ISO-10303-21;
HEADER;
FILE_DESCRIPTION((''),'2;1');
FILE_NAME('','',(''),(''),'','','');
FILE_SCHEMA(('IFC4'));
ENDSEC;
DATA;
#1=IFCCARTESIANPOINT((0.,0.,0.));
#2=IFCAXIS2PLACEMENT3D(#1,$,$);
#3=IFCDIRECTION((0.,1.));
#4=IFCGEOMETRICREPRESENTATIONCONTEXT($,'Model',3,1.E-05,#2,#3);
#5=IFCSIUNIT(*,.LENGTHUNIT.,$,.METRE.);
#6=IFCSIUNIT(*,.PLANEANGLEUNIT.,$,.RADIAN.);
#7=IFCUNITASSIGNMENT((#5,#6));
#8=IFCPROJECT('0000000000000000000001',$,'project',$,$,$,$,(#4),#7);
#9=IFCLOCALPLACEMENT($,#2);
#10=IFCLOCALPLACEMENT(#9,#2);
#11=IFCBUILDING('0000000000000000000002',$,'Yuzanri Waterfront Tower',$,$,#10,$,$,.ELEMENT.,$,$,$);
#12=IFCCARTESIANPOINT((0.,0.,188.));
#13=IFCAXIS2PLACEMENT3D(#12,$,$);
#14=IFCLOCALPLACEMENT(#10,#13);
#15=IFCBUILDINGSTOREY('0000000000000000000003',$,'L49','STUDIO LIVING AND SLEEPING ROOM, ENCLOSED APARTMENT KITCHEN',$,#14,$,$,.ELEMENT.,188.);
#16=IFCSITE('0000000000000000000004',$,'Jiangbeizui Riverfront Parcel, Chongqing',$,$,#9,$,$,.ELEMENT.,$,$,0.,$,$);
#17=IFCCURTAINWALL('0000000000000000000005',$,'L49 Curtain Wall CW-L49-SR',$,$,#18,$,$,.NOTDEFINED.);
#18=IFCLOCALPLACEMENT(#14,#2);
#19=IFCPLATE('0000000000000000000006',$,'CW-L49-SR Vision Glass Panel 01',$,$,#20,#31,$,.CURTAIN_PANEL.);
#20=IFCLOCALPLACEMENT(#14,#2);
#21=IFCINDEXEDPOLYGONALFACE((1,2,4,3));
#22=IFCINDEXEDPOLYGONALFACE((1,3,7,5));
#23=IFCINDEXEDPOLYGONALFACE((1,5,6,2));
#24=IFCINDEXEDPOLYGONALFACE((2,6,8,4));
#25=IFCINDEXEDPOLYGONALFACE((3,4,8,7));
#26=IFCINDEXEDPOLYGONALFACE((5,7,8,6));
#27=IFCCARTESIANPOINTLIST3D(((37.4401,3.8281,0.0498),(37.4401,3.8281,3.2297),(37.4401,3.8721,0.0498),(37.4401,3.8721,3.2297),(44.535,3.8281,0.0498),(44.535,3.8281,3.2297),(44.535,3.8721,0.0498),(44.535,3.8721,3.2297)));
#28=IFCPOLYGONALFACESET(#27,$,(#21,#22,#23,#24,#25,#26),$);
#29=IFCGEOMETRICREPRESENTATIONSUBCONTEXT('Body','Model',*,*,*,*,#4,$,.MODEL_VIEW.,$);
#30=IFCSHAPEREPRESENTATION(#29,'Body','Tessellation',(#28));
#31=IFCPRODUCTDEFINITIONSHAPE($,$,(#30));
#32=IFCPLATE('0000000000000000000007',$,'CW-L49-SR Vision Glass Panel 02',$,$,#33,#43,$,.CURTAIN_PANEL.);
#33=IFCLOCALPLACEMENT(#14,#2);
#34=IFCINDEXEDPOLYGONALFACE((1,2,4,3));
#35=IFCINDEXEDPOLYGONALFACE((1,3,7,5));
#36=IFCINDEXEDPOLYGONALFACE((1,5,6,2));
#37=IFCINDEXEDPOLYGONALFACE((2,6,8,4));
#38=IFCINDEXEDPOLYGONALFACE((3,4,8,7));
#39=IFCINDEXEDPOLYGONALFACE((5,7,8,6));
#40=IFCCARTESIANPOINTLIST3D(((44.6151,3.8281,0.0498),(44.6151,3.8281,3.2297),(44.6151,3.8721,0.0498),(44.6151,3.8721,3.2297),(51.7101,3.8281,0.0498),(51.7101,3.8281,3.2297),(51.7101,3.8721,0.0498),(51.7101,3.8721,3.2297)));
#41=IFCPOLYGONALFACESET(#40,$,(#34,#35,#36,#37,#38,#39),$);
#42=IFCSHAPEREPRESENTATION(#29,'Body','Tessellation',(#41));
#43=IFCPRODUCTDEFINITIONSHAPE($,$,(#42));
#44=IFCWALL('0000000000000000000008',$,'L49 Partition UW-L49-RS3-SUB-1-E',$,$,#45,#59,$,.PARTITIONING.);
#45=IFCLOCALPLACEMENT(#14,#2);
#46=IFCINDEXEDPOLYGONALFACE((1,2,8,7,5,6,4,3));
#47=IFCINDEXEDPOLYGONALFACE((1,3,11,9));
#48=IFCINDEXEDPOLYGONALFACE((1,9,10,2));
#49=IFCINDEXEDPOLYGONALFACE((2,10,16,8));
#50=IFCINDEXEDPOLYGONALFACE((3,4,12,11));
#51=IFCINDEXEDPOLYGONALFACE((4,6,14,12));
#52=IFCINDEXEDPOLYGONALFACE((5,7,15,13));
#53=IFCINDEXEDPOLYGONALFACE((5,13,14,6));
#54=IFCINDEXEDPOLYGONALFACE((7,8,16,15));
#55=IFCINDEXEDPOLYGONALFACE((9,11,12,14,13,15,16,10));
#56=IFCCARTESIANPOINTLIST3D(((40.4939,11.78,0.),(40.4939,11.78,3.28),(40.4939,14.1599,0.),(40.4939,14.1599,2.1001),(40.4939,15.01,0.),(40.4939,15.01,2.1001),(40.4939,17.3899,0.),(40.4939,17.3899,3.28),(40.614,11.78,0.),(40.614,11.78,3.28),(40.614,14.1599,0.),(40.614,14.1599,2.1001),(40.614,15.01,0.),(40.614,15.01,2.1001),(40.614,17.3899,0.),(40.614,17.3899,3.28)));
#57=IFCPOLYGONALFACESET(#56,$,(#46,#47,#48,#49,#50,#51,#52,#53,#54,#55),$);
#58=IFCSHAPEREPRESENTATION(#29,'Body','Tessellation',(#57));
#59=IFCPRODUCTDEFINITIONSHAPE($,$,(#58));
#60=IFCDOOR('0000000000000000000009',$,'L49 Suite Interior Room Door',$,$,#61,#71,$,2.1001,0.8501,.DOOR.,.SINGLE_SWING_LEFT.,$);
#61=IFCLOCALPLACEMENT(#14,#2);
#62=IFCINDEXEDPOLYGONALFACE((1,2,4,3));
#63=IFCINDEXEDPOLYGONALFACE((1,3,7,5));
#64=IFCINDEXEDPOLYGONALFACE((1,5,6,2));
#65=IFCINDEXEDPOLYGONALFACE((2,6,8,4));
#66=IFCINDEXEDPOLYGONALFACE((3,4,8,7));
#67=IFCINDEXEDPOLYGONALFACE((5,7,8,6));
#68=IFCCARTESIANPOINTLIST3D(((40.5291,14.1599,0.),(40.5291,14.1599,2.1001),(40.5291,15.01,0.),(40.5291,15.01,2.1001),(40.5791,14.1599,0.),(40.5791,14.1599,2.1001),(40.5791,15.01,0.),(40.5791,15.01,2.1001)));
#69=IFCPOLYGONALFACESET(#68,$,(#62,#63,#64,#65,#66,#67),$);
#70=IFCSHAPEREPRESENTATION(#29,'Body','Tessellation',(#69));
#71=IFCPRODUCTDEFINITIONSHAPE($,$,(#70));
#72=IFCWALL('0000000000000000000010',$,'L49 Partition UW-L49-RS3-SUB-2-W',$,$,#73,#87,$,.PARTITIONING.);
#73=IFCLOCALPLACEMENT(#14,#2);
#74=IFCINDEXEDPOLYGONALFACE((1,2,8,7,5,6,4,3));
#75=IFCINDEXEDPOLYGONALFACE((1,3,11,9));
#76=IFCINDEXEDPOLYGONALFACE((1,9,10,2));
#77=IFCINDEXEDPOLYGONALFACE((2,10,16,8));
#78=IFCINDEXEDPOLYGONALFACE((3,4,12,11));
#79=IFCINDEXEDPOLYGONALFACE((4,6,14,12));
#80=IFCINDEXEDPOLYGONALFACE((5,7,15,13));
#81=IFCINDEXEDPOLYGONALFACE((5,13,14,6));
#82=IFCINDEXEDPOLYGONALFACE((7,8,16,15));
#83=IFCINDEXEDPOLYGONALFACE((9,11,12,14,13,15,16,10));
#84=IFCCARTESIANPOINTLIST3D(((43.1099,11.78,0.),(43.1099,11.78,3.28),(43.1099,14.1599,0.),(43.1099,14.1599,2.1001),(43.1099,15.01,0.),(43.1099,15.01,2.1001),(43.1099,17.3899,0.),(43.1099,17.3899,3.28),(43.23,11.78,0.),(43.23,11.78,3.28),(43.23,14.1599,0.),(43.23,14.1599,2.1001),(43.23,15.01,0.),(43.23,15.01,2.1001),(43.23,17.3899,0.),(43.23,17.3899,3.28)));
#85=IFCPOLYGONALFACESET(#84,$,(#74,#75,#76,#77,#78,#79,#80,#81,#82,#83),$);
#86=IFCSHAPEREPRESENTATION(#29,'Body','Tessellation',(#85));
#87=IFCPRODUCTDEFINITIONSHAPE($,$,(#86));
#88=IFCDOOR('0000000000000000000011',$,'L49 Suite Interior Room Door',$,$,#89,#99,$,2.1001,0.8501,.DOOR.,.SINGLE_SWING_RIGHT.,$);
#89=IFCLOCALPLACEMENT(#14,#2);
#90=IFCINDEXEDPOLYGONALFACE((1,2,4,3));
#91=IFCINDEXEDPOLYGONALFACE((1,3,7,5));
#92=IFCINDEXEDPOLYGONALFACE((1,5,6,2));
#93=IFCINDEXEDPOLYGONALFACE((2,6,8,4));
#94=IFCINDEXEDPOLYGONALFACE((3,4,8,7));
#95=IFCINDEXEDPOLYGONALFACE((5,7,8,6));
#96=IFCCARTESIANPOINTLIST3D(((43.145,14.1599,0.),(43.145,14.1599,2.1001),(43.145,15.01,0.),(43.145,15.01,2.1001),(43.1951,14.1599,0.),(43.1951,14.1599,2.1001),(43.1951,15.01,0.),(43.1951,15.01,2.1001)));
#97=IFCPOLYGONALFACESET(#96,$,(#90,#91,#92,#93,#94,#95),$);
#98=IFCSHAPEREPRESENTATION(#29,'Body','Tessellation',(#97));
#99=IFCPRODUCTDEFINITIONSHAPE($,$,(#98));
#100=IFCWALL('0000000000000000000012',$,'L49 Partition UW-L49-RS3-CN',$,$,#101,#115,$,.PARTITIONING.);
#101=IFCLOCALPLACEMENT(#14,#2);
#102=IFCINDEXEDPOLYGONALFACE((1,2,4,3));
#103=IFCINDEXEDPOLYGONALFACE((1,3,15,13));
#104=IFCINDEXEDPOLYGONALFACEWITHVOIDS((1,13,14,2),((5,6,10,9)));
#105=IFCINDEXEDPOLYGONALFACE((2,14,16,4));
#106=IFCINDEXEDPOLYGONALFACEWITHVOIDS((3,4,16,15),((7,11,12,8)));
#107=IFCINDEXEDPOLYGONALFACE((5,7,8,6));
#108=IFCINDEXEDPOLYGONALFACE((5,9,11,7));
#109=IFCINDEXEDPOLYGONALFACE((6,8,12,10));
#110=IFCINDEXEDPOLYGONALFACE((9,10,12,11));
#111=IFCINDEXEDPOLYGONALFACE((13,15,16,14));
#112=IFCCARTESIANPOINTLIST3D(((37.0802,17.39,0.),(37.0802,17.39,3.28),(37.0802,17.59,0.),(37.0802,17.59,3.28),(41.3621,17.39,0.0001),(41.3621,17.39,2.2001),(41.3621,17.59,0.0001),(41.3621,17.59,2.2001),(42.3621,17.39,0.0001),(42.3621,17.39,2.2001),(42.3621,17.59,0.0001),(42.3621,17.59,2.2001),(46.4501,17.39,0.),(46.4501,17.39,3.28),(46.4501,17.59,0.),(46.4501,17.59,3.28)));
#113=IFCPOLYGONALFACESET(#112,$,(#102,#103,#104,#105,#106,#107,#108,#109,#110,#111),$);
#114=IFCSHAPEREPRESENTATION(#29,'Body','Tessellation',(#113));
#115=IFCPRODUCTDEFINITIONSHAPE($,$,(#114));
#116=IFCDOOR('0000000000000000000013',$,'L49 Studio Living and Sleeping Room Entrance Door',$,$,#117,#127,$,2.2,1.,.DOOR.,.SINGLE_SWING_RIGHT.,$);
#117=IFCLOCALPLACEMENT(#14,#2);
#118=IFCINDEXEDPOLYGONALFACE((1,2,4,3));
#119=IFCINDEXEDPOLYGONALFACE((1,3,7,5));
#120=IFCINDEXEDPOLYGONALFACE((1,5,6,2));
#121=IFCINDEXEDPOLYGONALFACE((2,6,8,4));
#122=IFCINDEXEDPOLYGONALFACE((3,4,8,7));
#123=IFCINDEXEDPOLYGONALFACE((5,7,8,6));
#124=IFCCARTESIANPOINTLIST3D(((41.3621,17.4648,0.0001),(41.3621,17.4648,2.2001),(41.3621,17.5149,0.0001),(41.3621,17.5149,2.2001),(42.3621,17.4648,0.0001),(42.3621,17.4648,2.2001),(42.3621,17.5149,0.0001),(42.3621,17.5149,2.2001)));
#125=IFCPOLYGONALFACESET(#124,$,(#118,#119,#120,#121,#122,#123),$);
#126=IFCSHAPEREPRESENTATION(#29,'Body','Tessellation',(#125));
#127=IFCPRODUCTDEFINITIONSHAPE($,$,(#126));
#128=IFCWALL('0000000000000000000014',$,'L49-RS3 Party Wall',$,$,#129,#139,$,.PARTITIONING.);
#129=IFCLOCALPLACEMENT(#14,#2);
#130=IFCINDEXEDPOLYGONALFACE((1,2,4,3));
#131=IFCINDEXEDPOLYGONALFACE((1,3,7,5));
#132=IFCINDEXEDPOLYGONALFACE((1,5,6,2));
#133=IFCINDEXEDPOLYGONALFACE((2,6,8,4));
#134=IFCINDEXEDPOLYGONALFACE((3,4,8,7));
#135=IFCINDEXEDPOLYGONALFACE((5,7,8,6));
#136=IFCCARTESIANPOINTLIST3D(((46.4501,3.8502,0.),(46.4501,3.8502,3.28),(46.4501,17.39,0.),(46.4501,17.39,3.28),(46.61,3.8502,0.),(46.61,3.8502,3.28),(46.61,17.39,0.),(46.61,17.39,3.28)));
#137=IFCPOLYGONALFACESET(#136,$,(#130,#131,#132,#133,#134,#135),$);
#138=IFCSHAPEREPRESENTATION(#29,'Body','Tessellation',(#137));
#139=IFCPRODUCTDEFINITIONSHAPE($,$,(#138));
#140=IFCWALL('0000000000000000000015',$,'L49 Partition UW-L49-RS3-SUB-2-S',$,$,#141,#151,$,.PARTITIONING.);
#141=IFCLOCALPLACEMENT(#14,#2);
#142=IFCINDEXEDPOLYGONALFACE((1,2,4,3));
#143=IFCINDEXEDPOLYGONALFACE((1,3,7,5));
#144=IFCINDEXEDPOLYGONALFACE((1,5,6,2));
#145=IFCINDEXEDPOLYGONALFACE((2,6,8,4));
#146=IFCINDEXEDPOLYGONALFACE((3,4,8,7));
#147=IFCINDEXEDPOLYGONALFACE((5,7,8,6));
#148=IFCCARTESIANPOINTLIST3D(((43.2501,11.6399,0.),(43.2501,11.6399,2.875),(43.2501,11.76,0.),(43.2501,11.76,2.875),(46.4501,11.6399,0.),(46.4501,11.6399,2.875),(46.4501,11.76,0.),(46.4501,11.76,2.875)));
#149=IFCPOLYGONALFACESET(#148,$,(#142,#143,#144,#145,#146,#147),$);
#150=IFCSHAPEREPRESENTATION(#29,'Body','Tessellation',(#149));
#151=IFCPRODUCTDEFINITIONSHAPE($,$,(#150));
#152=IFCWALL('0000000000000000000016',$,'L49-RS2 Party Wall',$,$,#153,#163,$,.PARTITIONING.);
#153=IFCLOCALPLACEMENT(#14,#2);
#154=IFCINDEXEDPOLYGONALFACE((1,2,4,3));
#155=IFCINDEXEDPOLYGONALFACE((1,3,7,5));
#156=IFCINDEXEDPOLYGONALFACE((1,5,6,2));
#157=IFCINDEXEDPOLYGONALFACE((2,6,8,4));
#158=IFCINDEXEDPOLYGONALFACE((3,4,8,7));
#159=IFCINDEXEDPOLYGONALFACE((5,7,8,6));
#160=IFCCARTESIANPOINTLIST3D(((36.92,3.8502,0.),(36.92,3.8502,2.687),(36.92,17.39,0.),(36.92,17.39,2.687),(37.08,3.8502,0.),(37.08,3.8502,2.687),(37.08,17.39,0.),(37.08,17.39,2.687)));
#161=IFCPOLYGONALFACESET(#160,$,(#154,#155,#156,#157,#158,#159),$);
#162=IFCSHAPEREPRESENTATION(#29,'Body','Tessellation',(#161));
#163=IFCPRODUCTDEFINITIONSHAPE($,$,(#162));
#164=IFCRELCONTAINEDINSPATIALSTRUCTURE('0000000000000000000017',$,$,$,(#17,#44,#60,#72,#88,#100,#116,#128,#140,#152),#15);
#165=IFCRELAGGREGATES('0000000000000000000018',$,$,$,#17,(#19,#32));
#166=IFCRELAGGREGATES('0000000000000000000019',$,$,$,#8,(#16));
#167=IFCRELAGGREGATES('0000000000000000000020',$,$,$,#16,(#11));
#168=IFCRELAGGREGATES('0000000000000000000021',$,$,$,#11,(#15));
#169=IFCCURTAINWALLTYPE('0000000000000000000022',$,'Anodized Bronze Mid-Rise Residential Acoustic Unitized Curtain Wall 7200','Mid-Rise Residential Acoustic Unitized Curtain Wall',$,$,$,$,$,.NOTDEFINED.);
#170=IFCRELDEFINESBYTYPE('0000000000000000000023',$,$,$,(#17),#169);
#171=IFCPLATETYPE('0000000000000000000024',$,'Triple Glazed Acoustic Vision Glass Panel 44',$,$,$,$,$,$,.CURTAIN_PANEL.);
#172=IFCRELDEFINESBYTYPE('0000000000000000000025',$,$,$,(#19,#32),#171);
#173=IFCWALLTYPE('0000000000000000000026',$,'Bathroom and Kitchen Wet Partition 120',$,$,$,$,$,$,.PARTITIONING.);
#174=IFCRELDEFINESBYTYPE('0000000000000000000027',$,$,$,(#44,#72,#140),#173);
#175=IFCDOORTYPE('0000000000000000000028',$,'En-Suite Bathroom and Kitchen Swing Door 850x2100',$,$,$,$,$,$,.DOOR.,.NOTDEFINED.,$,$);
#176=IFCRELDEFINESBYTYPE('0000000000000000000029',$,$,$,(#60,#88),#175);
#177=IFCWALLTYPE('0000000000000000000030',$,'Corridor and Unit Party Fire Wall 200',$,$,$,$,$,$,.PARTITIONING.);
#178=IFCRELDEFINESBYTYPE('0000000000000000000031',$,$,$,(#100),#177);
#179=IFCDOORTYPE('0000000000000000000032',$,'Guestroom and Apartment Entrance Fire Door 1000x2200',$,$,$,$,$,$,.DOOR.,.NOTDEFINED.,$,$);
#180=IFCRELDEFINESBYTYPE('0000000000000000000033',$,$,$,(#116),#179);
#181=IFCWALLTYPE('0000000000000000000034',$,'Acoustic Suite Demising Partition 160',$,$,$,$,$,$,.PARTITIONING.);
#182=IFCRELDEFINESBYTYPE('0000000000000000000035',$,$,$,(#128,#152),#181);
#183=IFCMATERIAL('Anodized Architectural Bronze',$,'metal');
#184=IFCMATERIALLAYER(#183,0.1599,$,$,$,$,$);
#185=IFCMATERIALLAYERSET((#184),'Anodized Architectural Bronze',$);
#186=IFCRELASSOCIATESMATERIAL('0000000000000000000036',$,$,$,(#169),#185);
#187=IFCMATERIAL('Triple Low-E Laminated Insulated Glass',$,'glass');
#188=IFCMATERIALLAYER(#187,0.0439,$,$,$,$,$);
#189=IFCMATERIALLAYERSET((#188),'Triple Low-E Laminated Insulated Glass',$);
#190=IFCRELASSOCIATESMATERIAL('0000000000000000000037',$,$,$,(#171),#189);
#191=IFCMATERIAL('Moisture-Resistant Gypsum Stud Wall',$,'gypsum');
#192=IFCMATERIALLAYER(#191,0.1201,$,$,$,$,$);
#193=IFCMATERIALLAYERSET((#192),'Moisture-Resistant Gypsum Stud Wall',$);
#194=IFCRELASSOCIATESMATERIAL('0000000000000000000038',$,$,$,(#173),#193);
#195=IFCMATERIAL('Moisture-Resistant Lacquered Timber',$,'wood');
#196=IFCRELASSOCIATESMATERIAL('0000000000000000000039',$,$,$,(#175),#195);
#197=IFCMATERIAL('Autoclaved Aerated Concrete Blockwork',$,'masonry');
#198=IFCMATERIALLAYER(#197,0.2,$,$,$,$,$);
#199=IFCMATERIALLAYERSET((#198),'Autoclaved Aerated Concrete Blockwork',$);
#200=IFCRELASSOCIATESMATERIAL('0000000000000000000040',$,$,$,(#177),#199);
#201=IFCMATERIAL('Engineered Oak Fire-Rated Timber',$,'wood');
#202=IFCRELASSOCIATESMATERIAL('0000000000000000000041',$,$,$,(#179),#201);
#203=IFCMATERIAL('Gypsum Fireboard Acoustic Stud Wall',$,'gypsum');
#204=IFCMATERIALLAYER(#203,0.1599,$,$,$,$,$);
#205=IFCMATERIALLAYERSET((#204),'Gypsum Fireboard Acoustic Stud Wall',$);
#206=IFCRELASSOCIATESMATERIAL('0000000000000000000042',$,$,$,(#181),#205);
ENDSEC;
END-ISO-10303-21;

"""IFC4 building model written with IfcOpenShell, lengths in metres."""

from ifc_helpers import new_model, si_unit, direction, frame, frame_2d, origin, origin_2d, place, context, subcontext, project, spatial, rectangle, extrude, source, transform, mapped, material, layer, layer_set, type_object, element, fill, aggregate, save


model = new_model("IFC4")

# Units and contexts
model_context = context("Model", 3, precision=1e-05, world=origin(), true_north=direction((0.0, 1.0)))
body_context = subcontext(model_context, "Body", "Model", "MODEL_VIEW")
ifc_project = project(units=[si_unit("LENGTHUNIT", "METRE"), si_unit("PLANEANGLEUNIT", "RADIAN")], contexts=[model_context])

# Site, building, storey
site_placement = place(None, origin())
site = spatial("IfcSite", under=ifc_project, at=site_placement, Name="Jiangbeizui Riverfront Parcel, Chongqing", CompositionType="ELEMENT", RefElevation=0.0)
building_placement = place(site_placement, origin())
building = spatial("IfcBuilding", under=site, at=building_placement, Name="Yuzanri Waterfront Tower", CompositionType="ELEMENT")
storey_placement = place(building_placement, frame((0.0, 0.0, 188.0)))
storey = spatial("IfcBuildingStorey", under=building, at=storey_placement, Name="L49", Description="STUDIO LIVING AND SLEEPING ROOM, ENCLOSED APARTMENT KITCHEN", CompositionType="ELEMENT", Elevation=188.0)

# Curtain wall, plates
ifc_material_1 = material(Name="Anodized Architectural Bronze", Category="metal")
ifc_layer_1 = layer(ifc_material_1, 0.1599)
ifc_layer_set_1 = layer_set([ifc_layer_1], Name="Anodized Architectural Bronze")
curtain_wall_type = type_object("IfcCurtainWallType", Name="Anodized Bronze Mid-Rise Residential Acoustic Unitized Curtain Wall 7200", Description="Mid-Rise Residential Acoustic Unitized Curtain Wall", PredefinedType="NOTDEFINED", material=ifc_layer_set_1)
curtain_wall_placement = place(storey_placement, origin())
curtain_wall = element("IfcCurtainWall", 1, at=curtain_wall_placement, inside=storey, type_object=curtain_wall_type, Name="L49 Curtain Wall CW-L49-SR", PredefinedType="NOTDEFINED")
ifc_material_2 = material(Name="Triple Low-E Laminated Insulated Glass", Category="glass")
ifc_layer_2 = layer(ifc_material_2, 0.0439)
ifc_layer_set_2 = layer_set([ifc_layer_2], Name="Triple Low-E Laminated Insulated Glass")
plate_type = type_object("IfcPlateType", Name="Triple Glazed Acoustic Vision Glass Panel 44", PredefinedType="CURTAIN_PANEL", material=ifc_layer_set_2)
shared_shape_1 = source(origin(), body_context, "Body", "SweptSolid", [
    extrude(rectangle(XDim=7.095, YDim=0.0439, at=origin_2d()), origin(), (0.0, 0.0, 1.0), 3.1799),
])
plate_1_placement = place(storey_placement, frame((40.9875, 3.8501, 0.0498), z_axis=(0.0, 0.0, 1.0), x_axis=(1.0, 0.0, 0.0)))
plate_1 = element("IfcPlate", 2, at=plate_1_placement, type_object=plate_type, Name="CW-L49-SR Vision Glass Panel 01", PredefinedType="CURTAIN_PANEL", context=body_context, shape_type="MappedRepresentation", body=[
    mapped(shared_shape_1, transform((0.0, 0.0, 0.0), scale=1.0)),
])
plate_2_placement = place(storey_placement, frame((48.1626, 3.8501, 0.0498), z_axis=(0.0, 0.0, 1.0), x_axis=(1.0, 0.0, 0.0)))
plate_2 = element("IfcPlate", 3, at=plate_2_placement, type_object=plate_type, Name="CW-L49-SR Vision Glass Panel 02", PredefinedType="CURTAIN_PANEL", context=body_context, shape_type="MappedRepresentation", body=[
    mapped(shared_shape_1, transform((0.0, 0.0, 0.0), scale=1.0)),
])
aggregate(curtain_wall, [plate_1, plate_2])

# Walls, openings, doors
ifc_material_3 = material(Name="Moisture-Resistant Gypsum Stud Wall", Category="gypsum")
ifc_layer_3 = layer(ifc_material_3, 0.1201)
ifc_layer_set_3 = layer_set([ifc_layer_3], Name="Moisture-Resistant Gypsum Stud Wall")
wall_type_1 = type_object("IfcWallType", Name="Bathroom and Kitchen Wet Partition 120", PredefinedType="PARTITIONING", material=ifc_layer_set_3)
wall_1_placement = place(storey_placement, frame((40.554, 11.78, 0.0), z_axis=(0.0, 0.0, 1.0), x_axis=(0.0, 1.0, 0.0)))
wall_1 = element("IfcWall", 4, at=wall_1_placement, inside=storey, type_object=wall_type_1, Name="L49 Partition UW-L49-RS3-SUB-1-E", PredefinedType="PARTITIONING", context=body_context, shape_type="SweptSolid", body=[
    extrude(rectangle(XDim=5.6099, YDim=0.1201, at=frame_2d((2.8049, 0.0))), origin(), (0.0, 0.0, 1.0), 3.28),
])
opening_1_placement = place(wall_1_placement, frame((2.3799, 0.0, 0.0)))
opening_1 = element("IfcOpeningElement", 5, at=opening_1_placement, cuts=wall_1, PredefinedType="OPENING", context=body_context, shape_type="SweptSolid", body=[
    extrude(rectangle(XDim=0.8501, YDim=2.1001, at=frame_2d((0.425, 1.05))), frame((0.0, 0.075, 0.0), z_axis=(0.0, -1.0, 0.0), x_axis=(1.0, 0.0, 0.0)), (0.0, 0.0, 1.0), 0.1499),
])
ifc_material_4 = material(Name="Moisture-Resistant Lacquered Timber", Category="wood")
door_type_1 = type_object("IfcDoorType", Name="En-Suite Bathroom and Kitchen Swing Door 850x2100", OperationType="NOTDEFINED", PredefinedType="DOOR", material=ifc_material_4)
shared_shape_2 = source(origin(), body_context, "Body", "SweptSolid", [
    extrude(rectangle(XDim=0.8501, YDim=2.1001, at=frame_2d((0.425, 1.05))), frame((0.0, 0.0249, 0.0), z_axis=(0.0, -1.0, 0.0), x_axis=(1.0, 0.0, 0.0)), (0.0, 0.0, 1.0), 0.05),
])
door_1_placement = place(opening_1_placement, origin())
door_1 = element("IfcDoor", 6, at=door_1_placement, inside=storey, type_object=door_type_1, Name="L49 Suite Interior Room Door", OperationType="SINGLE_SWING_LEFT", OverallHeight=2.1001, OverallWidth=0.8501, PredefinedType="DOOR", context=body_context, shape_type="MappedRepresentation", body=[
    mapped(shared_shape_2, transform((0.0, 0.0, 0.0), scale=1.0)),
])
fill(opening_1, door_1)
wall_2_placement = place(storey_placement, frame((43.1699, 11.78, 0.0), z_axis=(0.0, 0.0, 1.0), x_axis=(0.0, 1.0, 0.0)))
wall_2 = element("IfcWall", 7, at=wall_2_placement, inside=storey, type_object=wall_type_1, Name="L49 Partition UW-L49-RS3-SUB-2-W", PredefinedType="PARTITIONING", context=body_context, shape_type="SweptSolid", body=[
    extrude(rectangle(XDim=5.6099, YDim=0.1201, at=frame_2d((2.8049, 0.0))), origin(), (0.0, 0.0, 1.0), 3.28),
])
opening_2_placement = place(wall_2_placement, frame((2.3799, 0.0, 0.0)))
opening_2 = element("IfcOpeningElement", 8, at=opening_2_placement, cuts=wall_2, PredefinedType="OPENING", context=body_context, shape_type="SweptSolid", body=[
    extrude(rectangle(XDim=0.8501, YDim=2.1001, at=frame_2d((0.425, 1.05))), frame((0.0, 0.075, 0.0), z_axis=(0.0, -1.0, 0.0), x_axis=(1.0, 0.0, 0.0)), (0.0, 0.0, 1.0), 0.1499),
])
door_2_placement = place(opening_2_placement, origin())
door_2 = element("IfcDoor", 9, at=door_2_placement, inside=storey, type_object=door_type_1, Name="L49 Suite Interior Room Door", OperationType="SINGLE_SWING_RIGHT", OverallHeight=2.1001, OverallWidth=0.8501, PredefinedType="DOOR", context=body_context, shape_type="MappedRepresentation", body=[
    mapped(shared_shape_2, transform((0.0, 0.0, 0.0), scale=1.0)),
])
fill(opening_2, door_2)
ifc_material_5 = material(Name="Autoclaved Aerated Concrete Blockwork", Category="masonry")
ifc_layer_4 = layer(ifc_material_5, 0.2)
ifc_layer_set_4 = layer_set([ifc_layer_4], Name="Autoclaved Aerated Concrete Blockwork")
wall_type_2 = type_object("IfcWallType", Name="Corridor and Unit Party Fire Wall 200", PredefinedType="PARTITIONING", material=ifc_layer_set_4)
wall_3_placement = place(storey_placement, frame((37.0801, 17.49, 0.0), z_axis=(0.0, 0.0, 1.0), x_axis=(1.0, 0.0, 0.0)))
wall_3 = element("IfcWall", 10, at=wall_3_placement, inside=storey, type_object=wall_type_2, Name="L49 Partition UW-L49-RS3-CN", PredefinedType="PARTITIONING", context=body_context, shape_type="SweptSolid", body=[
    extrude(rectangle(XDim=9.3699, YDim=0.2, at=frame_2d((4.6851, 0.0))), origin(), (0.0, 0.0, 1.0), 3.28),
])
opening_3_placement = place(wall_3_placement, frame((4.282, 0.0, 0.0)))
opening_3 = element("IfcOpeningElement", 11, at=opening_3_placement, cuts=wall_3, PredefinedType="OPENING", context=body_context, shape_type="SweptSolid", body=[
    extrude(rectangle(XDim=1.0, YDim=2.2, at=frame_2d((0.5, 1.1001))), frame((0.0, 0.1147, 0.0), z_axis=(0.0, -1.0, 0.0), x_axis=(1.0, 0.0, 0.0)), (0.0, 0.0, 1.0), 0.2297),
])
ifc_material_6 = material(Name="Engineered Oak Fire-Rated Timber", Category="wood")
door_type_2 = type_object("IfcDoorType", Name="Guestroom and Apartment Entrance Fire Door 1000x2200", OperationType="NOTDEFINED", PredefinedType="DOOR", material=ifc_material_6)
shared_shape_3 = source(origin(), body_context, "Body", "SweptSolid", [
    extrude(rectangle(XDim=1.0, YDim=2.2, at=frame_2d((0.5, 1.1001))), frame((0.0, 0.0249, 0.0), z_axis=(0.0, -1.0, 0.0), x_axis=(1.0, 0.0, 0.0)), (0.0, 0.0, 1.0), 0.05),
])
door_3_placement = place(opening_3_placement, origin())
door_3 = element("IfcDoor", 12, at=door_3_placement, inside=storey, type_object=door_type_2, Name="L49 Studio Living and Sleeping Room Entrance Door", OperationType="SINGLE_SWING_RIGHT", OverallHeight=2.2, OverallWidth=1.0, PredefinedType="DOOR", context=body_context, shape_type="MappedRepresentation", body=[
    mapped(shared_shape_3, transform((0.0, 0.0, 0.0), scale=1.0)),
])
fill(opening_3, door_3)

# Walls
ifc_material_7 = material(Name="Gypsum Fireboard Acoustic Stud Wall", Category="gypsum")
ifc_layer_5 = layer(ifc_material_7, 0.1599)
ifc_layer_set_5 = layer_set([ifc_layer_5], Name="Gypsum Fireboard Acoustic Stud Wall")
wall_type_3 = type_object("IfcWallType", Name="Acoustic Suite Demising Partition 160", PredefinedType="PARTITIONING", material=ifc_layer_set_5)
shared_shape_4 = source(origin(), body_context, "Body", "SweptSolid", [
    extrude(rectangle(XDim=13.5398, YDim=0.1599, at=frame_2d((6.77, 0.0))), origin(), (0.0, 0.0, 1.0), 3.28),
])
wall_4_placement = place(storey_placement, frame((46.53, 3.8501, 0.0), z_axis=(0.0, 0.0, 1.0), x_axis=(0.0, 1.0, 0.0)))
element("IfcWall", 13, at=wall_4_placement, inside=storey, type_object=wall_type_3, Name="L49-RS3 Party Wall", PredefinedType="PARTITIONING", context=body_context, shape_type="MappedRepresentation", body=[
    mapped(shared_shape_4, transform((0.0, 0.0, 0.0), scale=1.0)),
])
shared_shape_5 = source(origin(), body_context, "Body", "SweptSolid", [
    extrude(rectangle(XDim=3.2, YDim=0.1201, at=frame_2d((1.6001, 0.0))), origin(), (0.0, 0.0, 1.0), 2.875),
])
wall_5_placement = place(storey_placement, frame((43.25, 11.7, 0.0), z_axis=(0.0, 0.0, 1.0), x_axis=(1.0, 0.0, 0.0)))
element("IfcWall", 14, at=wall_5_placement, inside=storey, type_object=wall_type_1, Name="L49 Partition UW-L49-RS3-SUB-2-S", PredefinedType="PARTITIONING", context=body_context, shape_type="MappedRepresentation", body=[
    mapped(shared_shape_5, transform((0.0, 0.0, 0.0), scale=1.0)),
])
shared_shape_6 = source(origin(), body_context, "Body", "SweptSolid", [
    extrude(rectangle(XDim=13.5398, YDim=0.1599, at=frame_2d((6.77, 0.0))), origin(), (0.0, 0.0, 1.0), 2.687),
])
wall_6_placement = place(storey_placement, frame((37.0, 3.8501, 0.0), z_axis=(0.0, 0.0, 1.0), x_axis=(0.0, 1.0, 0.0)))
element("IfcWall", 15, at=wall_6_placement, inside=storey, type_object=wall_type_3, Name="L49-RS2 Party Wall", PredefinedType="PARTITIONING", context=body_context, shape_type="MappedRepresentation", body=[
    mapped(shared_shape_6, transform((0.0, 0.0, 0.0), scale=1.0)),
])

save(model, "model.ifc")
